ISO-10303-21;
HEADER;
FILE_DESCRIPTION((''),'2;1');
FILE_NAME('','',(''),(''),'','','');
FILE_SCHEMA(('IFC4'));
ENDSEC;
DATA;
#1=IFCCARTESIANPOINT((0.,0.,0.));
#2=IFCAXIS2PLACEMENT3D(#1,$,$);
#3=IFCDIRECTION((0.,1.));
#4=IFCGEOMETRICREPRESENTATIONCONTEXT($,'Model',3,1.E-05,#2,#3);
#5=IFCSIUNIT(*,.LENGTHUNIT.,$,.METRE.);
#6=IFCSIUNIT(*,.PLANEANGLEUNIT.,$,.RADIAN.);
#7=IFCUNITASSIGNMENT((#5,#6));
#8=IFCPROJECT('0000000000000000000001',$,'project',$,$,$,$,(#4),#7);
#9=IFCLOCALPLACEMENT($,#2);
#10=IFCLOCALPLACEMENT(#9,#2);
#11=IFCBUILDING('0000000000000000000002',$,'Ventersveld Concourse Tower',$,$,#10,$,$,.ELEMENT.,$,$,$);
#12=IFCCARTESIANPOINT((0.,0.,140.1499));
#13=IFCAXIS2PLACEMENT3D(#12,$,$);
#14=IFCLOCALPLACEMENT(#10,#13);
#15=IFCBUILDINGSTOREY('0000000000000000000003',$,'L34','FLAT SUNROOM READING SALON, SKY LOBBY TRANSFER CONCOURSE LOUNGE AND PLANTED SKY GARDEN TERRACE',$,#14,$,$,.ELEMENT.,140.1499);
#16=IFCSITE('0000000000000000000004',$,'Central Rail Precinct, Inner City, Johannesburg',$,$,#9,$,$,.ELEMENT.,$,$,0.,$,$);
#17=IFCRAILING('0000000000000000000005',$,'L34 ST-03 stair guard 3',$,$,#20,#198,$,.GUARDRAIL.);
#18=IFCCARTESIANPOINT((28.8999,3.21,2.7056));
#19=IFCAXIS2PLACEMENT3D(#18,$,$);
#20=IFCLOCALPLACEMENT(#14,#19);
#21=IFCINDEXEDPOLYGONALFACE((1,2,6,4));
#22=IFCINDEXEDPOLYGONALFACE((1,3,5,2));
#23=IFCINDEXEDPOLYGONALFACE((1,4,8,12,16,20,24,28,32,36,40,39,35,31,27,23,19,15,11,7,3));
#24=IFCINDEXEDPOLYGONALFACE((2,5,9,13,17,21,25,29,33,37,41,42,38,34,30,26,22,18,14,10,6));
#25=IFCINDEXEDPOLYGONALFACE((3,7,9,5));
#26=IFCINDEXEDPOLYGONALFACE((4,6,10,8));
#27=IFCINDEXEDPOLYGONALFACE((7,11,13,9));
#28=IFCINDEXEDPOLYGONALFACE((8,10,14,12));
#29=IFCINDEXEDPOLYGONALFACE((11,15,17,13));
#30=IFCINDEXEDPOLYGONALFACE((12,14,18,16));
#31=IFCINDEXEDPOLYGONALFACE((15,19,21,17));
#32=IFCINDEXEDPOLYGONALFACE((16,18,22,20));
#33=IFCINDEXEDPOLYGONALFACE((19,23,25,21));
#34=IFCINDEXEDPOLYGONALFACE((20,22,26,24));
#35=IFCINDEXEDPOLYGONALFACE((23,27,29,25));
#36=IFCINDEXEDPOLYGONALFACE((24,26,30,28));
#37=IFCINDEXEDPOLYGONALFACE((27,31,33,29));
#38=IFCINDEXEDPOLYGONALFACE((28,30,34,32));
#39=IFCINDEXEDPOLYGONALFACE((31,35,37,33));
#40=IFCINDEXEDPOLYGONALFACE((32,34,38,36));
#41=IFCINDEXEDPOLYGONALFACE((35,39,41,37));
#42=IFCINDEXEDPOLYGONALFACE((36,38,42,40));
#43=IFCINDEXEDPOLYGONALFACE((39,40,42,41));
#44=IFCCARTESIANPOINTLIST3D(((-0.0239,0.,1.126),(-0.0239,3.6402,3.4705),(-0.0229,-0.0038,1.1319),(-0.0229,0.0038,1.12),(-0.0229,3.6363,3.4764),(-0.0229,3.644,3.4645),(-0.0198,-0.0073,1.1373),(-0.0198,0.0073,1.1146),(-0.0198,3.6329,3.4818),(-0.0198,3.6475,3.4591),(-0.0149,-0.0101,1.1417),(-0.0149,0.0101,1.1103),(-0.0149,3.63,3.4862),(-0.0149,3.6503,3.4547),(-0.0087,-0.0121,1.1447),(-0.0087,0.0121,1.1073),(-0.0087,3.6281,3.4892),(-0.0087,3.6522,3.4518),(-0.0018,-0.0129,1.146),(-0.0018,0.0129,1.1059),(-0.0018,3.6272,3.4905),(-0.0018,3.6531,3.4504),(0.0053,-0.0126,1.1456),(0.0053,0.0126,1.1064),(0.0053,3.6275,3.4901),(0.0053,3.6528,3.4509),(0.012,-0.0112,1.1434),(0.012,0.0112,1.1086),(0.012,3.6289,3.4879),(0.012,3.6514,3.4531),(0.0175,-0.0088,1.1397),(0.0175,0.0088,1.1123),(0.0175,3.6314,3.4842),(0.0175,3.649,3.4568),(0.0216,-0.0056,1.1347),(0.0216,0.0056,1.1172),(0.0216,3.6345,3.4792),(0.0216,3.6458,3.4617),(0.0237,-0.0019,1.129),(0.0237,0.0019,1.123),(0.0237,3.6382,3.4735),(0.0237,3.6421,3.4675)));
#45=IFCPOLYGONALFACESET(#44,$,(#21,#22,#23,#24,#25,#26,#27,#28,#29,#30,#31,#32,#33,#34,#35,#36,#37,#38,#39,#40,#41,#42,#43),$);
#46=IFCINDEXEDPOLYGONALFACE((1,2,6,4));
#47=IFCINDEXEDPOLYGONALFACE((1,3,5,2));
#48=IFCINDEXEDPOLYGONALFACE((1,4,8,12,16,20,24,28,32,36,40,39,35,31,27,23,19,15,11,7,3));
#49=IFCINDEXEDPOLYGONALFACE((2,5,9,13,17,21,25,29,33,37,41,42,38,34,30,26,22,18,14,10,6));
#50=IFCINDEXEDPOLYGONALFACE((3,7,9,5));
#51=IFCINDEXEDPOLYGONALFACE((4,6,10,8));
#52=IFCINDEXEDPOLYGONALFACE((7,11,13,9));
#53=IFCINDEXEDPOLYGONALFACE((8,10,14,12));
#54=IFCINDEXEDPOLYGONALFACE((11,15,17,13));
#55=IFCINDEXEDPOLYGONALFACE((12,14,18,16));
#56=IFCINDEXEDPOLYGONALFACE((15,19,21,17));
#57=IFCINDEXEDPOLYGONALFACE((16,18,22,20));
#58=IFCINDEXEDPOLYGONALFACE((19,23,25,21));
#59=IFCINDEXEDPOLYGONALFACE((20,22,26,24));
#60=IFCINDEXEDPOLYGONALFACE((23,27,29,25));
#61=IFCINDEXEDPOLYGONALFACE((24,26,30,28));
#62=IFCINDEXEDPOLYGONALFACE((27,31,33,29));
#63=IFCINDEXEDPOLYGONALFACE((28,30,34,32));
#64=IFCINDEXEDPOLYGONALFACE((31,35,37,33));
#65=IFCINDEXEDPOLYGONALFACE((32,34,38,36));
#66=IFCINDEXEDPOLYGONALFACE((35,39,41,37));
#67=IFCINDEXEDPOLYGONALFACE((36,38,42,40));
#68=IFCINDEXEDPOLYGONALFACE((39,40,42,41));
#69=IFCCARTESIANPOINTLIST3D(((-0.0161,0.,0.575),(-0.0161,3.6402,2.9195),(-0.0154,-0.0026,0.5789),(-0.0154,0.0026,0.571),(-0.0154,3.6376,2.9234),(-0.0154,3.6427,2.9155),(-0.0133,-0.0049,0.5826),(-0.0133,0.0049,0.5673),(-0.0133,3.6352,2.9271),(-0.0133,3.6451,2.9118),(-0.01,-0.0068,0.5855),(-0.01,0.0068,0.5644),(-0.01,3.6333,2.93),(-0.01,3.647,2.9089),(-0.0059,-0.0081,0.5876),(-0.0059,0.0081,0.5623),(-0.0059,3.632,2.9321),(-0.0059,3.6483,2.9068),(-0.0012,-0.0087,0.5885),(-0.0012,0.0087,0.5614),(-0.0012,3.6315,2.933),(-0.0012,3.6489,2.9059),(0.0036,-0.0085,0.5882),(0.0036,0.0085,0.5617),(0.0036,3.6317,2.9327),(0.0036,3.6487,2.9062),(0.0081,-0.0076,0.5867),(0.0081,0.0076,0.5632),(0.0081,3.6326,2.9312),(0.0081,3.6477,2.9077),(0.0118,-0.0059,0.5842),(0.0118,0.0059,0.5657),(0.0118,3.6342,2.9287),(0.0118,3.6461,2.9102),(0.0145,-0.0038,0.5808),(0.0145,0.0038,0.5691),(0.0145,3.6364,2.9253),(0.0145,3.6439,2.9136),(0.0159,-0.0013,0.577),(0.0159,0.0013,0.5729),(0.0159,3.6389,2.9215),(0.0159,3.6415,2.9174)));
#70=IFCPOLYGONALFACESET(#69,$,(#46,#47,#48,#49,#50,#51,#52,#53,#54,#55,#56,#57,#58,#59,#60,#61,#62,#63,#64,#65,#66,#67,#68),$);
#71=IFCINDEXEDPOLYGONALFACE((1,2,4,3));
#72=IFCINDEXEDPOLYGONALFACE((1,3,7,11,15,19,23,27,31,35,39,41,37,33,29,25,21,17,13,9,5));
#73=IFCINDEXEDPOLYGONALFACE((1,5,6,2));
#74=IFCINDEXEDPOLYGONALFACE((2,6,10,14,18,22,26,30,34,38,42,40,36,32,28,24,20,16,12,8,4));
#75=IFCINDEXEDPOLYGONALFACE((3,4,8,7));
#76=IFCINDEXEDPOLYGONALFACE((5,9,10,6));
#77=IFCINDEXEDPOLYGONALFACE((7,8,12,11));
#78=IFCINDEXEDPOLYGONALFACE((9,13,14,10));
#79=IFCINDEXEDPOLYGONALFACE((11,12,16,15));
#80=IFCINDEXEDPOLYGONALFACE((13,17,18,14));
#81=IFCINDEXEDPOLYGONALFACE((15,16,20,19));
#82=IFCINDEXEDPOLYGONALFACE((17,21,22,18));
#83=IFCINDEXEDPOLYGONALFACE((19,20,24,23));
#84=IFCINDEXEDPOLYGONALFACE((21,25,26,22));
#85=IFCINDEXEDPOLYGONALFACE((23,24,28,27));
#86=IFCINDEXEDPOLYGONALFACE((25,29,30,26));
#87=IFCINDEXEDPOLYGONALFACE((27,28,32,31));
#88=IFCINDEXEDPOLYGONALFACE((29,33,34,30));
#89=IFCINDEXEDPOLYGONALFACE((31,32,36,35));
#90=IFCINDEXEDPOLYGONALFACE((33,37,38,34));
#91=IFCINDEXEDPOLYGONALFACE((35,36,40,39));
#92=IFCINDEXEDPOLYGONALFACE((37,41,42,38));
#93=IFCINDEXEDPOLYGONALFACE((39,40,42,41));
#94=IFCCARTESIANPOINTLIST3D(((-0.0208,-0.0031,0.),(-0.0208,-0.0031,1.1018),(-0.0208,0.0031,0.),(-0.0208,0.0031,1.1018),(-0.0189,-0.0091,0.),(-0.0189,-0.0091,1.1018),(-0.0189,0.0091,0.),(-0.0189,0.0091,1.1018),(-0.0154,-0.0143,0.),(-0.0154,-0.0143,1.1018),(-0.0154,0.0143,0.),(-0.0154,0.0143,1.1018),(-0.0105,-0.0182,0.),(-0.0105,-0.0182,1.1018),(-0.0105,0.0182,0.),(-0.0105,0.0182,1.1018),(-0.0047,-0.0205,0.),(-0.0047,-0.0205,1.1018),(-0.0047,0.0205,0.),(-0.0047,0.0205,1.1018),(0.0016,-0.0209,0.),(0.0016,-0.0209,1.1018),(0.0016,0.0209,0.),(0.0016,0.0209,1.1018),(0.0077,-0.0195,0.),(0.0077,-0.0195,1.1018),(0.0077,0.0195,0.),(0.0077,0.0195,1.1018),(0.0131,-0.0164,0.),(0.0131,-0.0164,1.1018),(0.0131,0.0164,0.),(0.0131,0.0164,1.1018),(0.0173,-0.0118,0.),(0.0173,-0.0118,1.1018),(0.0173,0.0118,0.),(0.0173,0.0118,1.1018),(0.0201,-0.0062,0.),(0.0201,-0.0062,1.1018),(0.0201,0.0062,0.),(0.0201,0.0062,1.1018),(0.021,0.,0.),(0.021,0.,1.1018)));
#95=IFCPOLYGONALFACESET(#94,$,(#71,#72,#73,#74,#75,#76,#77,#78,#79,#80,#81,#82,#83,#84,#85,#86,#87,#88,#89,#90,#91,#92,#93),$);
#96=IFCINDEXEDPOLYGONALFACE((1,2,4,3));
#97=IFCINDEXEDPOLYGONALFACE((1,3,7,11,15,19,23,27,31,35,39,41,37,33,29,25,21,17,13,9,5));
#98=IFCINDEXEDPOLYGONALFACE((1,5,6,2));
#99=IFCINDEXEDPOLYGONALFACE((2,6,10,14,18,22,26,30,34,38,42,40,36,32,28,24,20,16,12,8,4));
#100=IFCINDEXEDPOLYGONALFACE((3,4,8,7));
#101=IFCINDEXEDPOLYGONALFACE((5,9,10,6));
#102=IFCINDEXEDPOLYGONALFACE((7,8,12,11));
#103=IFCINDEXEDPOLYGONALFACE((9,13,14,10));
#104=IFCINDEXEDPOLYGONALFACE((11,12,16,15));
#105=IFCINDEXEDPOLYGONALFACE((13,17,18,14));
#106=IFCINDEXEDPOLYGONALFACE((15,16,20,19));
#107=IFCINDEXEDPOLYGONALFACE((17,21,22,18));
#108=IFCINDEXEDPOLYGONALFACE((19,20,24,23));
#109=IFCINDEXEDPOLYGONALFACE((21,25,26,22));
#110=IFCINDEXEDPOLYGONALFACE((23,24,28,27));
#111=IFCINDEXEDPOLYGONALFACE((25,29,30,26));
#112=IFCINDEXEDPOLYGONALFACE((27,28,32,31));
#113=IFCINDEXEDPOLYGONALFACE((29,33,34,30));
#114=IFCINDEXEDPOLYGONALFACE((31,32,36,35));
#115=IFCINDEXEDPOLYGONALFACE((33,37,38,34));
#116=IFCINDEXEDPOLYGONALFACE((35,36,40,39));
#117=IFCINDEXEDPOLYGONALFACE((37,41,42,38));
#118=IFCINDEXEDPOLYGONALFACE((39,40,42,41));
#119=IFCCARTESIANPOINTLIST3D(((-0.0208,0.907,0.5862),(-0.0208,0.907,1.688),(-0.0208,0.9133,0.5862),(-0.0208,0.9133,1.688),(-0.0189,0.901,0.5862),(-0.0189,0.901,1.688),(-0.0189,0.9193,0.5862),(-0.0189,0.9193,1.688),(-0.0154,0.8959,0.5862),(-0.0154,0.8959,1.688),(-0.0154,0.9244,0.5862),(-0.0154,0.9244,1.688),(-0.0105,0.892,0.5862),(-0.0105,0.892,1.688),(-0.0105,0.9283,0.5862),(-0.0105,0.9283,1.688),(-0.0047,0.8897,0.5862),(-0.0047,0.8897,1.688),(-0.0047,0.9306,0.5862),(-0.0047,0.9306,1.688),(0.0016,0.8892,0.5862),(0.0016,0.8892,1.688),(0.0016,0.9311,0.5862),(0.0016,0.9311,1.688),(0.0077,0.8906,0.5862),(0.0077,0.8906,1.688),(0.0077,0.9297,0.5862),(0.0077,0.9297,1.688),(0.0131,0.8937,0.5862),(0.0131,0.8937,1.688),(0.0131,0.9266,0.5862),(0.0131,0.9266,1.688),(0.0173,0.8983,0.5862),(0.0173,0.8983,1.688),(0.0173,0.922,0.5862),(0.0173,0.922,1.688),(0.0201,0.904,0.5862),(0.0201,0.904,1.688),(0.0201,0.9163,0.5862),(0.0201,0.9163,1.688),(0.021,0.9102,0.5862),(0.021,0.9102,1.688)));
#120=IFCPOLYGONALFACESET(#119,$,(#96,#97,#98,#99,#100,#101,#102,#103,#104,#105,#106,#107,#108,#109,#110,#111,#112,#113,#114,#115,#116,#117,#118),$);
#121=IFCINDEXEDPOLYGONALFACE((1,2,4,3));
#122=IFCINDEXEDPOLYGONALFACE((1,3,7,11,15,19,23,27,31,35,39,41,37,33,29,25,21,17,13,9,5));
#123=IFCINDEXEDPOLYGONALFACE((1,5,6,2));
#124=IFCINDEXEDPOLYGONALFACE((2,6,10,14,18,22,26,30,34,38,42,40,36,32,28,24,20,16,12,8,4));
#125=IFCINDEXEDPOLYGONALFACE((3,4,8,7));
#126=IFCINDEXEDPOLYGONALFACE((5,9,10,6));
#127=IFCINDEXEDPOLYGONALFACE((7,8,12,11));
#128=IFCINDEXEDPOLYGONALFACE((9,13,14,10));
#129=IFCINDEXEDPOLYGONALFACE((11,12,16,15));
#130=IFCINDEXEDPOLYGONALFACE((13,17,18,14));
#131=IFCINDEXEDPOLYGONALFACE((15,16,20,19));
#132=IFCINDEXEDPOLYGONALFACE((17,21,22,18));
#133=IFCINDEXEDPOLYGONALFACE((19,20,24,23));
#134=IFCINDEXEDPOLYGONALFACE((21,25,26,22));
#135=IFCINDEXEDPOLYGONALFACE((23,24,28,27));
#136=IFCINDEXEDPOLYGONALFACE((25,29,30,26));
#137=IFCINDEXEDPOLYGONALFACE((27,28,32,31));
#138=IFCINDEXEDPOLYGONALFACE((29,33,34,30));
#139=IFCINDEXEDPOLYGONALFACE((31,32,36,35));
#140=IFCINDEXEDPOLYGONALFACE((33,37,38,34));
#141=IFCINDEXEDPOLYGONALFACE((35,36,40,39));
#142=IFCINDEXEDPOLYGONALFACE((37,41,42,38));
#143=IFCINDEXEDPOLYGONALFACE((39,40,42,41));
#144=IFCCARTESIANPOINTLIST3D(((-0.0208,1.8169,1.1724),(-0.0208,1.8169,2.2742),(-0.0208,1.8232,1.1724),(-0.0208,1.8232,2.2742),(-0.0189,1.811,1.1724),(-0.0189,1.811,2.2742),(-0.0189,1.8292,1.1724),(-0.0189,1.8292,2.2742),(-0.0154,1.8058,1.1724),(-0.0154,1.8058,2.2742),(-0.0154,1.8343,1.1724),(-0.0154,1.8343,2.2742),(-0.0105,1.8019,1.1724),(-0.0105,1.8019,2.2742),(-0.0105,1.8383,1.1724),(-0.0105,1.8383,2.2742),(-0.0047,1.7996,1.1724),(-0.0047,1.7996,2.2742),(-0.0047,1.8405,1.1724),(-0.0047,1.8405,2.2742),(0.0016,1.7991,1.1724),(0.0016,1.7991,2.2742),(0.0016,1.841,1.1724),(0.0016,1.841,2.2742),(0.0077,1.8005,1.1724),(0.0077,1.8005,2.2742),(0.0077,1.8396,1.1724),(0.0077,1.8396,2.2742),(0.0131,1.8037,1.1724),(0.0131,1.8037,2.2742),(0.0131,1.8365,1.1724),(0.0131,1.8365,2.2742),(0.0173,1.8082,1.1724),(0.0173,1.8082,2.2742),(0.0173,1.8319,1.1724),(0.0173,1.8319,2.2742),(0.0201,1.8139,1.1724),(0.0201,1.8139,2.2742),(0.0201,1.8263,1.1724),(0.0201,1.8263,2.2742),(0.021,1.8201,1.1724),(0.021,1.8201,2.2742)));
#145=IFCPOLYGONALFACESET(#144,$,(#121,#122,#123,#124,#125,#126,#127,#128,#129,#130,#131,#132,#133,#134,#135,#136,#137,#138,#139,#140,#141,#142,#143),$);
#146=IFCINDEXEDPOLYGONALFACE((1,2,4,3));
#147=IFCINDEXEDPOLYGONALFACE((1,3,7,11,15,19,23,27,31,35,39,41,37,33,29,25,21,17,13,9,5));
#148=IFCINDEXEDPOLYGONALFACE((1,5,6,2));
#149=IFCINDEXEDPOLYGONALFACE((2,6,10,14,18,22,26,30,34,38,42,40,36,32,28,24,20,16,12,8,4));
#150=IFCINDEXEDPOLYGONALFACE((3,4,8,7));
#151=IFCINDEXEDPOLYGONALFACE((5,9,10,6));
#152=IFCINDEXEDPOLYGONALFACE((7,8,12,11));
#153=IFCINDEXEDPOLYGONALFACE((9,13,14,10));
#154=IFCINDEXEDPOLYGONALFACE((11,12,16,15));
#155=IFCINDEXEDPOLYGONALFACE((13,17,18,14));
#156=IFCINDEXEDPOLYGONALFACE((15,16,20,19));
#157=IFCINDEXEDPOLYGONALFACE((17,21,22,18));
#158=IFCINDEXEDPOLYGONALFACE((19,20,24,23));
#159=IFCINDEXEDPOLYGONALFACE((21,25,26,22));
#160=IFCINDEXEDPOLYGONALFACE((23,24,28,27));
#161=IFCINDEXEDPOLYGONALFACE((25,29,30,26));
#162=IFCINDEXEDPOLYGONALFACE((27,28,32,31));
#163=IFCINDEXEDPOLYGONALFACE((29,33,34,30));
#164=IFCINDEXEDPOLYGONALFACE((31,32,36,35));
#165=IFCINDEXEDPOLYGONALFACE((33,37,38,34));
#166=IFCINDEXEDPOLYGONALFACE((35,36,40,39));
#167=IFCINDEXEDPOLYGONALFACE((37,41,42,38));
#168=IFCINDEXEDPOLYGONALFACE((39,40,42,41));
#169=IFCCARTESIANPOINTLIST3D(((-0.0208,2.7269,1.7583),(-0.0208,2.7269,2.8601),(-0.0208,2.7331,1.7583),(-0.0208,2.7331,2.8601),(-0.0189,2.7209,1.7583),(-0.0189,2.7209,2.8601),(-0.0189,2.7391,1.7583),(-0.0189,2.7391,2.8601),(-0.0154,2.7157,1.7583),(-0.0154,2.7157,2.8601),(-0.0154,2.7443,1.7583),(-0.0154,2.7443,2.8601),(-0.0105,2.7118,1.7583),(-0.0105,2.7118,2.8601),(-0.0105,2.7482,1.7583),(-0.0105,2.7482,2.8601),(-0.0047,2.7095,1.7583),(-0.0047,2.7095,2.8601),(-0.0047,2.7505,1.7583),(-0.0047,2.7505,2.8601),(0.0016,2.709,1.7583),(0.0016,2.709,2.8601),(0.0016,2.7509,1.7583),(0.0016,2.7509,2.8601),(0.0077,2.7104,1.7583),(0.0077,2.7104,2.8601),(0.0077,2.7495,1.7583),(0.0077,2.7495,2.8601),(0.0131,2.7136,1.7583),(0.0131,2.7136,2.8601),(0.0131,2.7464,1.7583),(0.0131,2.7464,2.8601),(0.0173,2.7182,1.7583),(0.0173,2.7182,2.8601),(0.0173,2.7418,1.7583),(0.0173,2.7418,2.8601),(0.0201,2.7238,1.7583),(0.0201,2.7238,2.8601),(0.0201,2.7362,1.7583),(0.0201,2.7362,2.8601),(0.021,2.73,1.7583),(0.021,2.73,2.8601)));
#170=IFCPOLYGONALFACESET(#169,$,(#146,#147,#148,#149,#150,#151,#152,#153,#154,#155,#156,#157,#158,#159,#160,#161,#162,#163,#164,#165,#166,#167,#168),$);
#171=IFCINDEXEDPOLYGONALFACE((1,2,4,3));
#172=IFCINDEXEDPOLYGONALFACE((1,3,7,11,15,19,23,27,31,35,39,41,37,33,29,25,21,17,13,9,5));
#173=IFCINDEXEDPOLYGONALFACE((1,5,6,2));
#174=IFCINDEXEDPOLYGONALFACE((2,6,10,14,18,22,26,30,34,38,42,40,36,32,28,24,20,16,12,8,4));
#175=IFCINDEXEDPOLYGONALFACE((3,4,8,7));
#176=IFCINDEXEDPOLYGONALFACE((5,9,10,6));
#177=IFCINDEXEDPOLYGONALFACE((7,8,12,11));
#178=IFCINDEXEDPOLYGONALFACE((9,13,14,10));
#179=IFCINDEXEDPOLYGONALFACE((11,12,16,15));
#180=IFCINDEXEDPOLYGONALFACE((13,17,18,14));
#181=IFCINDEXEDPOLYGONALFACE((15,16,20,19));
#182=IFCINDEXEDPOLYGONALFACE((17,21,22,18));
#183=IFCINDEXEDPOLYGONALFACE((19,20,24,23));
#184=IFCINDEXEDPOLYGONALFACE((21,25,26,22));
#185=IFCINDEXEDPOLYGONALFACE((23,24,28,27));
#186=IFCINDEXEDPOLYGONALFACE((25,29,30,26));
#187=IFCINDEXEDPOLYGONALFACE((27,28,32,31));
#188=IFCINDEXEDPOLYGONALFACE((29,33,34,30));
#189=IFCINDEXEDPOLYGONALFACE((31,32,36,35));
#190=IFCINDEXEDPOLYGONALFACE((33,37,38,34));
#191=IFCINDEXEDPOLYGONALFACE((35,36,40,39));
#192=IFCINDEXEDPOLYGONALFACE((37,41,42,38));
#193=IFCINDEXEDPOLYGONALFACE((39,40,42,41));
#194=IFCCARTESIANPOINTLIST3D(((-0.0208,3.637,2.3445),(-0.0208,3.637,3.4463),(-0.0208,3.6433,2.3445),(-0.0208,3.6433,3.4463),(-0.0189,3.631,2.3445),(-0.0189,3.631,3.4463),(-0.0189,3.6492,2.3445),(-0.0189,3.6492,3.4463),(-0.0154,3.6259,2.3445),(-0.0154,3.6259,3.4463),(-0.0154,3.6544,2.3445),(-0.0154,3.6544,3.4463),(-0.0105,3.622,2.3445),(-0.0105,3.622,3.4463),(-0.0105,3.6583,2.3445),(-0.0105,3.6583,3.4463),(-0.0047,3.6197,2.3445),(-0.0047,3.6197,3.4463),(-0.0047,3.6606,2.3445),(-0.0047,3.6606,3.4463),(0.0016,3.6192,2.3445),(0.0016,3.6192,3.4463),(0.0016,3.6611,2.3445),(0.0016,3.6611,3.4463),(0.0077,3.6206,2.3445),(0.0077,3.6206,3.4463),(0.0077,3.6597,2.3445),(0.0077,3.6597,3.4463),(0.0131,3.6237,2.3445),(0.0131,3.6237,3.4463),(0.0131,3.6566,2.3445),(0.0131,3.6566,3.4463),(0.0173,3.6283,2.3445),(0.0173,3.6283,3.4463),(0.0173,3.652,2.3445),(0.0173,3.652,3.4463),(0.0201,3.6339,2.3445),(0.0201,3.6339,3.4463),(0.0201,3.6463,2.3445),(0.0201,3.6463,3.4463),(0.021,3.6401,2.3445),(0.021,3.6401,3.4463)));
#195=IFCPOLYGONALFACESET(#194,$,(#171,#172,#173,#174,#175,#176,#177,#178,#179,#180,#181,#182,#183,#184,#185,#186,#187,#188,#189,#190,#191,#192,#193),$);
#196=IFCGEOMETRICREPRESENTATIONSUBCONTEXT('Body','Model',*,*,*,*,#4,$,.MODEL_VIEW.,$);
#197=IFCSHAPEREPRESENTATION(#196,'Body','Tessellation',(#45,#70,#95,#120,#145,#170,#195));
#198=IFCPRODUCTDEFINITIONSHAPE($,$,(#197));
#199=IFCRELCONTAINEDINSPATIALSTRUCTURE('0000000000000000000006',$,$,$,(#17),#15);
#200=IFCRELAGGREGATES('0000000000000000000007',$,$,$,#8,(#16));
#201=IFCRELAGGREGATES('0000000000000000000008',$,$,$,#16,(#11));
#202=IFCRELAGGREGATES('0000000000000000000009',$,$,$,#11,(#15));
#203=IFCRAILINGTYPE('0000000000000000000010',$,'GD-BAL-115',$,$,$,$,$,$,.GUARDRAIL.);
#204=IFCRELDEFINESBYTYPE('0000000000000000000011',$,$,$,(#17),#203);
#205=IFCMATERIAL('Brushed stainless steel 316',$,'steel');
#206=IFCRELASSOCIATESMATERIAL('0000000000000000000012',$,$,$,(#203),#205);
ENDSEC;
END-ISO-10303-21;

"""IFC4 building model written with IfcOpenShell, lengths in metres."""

from ifc_helpers import new_model, si_unit, direction, frame, origin, origin_2d, place, context, subcontext, project, spatial, circle, extrude, material, type_object, element, save


model = new_model("IFC4")

# Units and contexts
model_context = context("Model", 3, precision=1e-05, world=origin(), true_north=direction((0.0, 1.0)))
body_context = subcontext(model_context, "Body", "Model", "MODEL_VIEW")
ifc_project = project(units=[si_unit("LENGTHUNIT", "METRE"), si_unit("PLANEANGLEUNIT", "RADIAN")], contexts=[model_context])

# Site, building, storey
site_placement = place(None, origin())
site = spatial("IfcSite", under=ifc_project, at=site_placement, Name="Central Rail Precinct, Inner City, Johannesburg", CompositionType="ELEMENT", RefElevation=0.0)
building_placement = place(site_placement, origin())
building = spatial("IfcBuilding", under=site, at=building_placement, Name="Ventersveld Concourse Tower", CompositionType="ELEMENT")
storey_placement = place(building_placement, frame((0.0, 0.0, 140.1499)))
storey = spatial("IfcBuildingStorey", under=building, at=storey_placement, Name="L34", Description="FLAT SUNROOM READING SALON, SKY LOBBY TRANSFER CONCOURSE LOUNGE AND PLANTED SKY GARDEN TERRACE", CompositionType="ELEMENT", Elevation=140.1499)

# Shared definitions
ifc_material_1 = material(Name="Brushed stainless steel 316", Category="steel")

# Railing
railing_type_1 = type_object("IfcRailingType", Name="GD-BAL-115", PredefinedType="GUARDRAIL", material=ifc_material_1)
railing_1_placement = place(storey_placement, frame((28.8999, 3.21, 2.7056)))
element("IfcRailing", 1, at=railing_1_placement, inside=storey, type_object=railing_type_1, Name="L34 ST-03 stair guard 3", PredefinedType="GUARDRAIL", context=body_context, shape_type="SweptSolid", body=[
    extrude(circle(Radius=0.0239, at=origin_2d()), frame((0.0, 0.0, 1.126), z_axis=(0.0, 0.840716, 0.541476), x_axis=(-1.0, 0.0, 0.0)), (0.0, 0.0, 1.0), 4.3298),
    extrude(circle(Radius=0.0161, at=origin_2d()), frame((0.0, 0.0, 0.575), z_axis=(0.0, 0.840716, 0.541476), x_axis=(-1.0, 0.0, 0.0)), (0.0, 0.0, 1.0), 4.3298),
    extrude(circle(Radius=0.021, at=origin_2d()), origin(), (0.0, 0.0, 1.0), 1.1018),
    extrude(circle(Radius=0.021, at=origin_2d()), frame((0.0, 0.9102, 0.5862)), (0.0, 0.0, 1.0), 1.1018),
    extrude(circle(Radius=0.021, at=origin_2d()), frame((0.0, 1.8201, 1.1724)), (0.0, 0.0, 1.0), 1.1018),
    extrude(circle(Radius=0.021, at=origin_2d()), frame((0.0, 2.73, 1.7583)), (0.0, 0.0, 1.0), 1.1018),
    extrude(circle(Radius=0.021, at=origin_2d()), frame((0.0, 3.6401, 2.3445)), (0.0, 0.0, 1.0), 1.1018),
])

save(model, "model.ifc")
